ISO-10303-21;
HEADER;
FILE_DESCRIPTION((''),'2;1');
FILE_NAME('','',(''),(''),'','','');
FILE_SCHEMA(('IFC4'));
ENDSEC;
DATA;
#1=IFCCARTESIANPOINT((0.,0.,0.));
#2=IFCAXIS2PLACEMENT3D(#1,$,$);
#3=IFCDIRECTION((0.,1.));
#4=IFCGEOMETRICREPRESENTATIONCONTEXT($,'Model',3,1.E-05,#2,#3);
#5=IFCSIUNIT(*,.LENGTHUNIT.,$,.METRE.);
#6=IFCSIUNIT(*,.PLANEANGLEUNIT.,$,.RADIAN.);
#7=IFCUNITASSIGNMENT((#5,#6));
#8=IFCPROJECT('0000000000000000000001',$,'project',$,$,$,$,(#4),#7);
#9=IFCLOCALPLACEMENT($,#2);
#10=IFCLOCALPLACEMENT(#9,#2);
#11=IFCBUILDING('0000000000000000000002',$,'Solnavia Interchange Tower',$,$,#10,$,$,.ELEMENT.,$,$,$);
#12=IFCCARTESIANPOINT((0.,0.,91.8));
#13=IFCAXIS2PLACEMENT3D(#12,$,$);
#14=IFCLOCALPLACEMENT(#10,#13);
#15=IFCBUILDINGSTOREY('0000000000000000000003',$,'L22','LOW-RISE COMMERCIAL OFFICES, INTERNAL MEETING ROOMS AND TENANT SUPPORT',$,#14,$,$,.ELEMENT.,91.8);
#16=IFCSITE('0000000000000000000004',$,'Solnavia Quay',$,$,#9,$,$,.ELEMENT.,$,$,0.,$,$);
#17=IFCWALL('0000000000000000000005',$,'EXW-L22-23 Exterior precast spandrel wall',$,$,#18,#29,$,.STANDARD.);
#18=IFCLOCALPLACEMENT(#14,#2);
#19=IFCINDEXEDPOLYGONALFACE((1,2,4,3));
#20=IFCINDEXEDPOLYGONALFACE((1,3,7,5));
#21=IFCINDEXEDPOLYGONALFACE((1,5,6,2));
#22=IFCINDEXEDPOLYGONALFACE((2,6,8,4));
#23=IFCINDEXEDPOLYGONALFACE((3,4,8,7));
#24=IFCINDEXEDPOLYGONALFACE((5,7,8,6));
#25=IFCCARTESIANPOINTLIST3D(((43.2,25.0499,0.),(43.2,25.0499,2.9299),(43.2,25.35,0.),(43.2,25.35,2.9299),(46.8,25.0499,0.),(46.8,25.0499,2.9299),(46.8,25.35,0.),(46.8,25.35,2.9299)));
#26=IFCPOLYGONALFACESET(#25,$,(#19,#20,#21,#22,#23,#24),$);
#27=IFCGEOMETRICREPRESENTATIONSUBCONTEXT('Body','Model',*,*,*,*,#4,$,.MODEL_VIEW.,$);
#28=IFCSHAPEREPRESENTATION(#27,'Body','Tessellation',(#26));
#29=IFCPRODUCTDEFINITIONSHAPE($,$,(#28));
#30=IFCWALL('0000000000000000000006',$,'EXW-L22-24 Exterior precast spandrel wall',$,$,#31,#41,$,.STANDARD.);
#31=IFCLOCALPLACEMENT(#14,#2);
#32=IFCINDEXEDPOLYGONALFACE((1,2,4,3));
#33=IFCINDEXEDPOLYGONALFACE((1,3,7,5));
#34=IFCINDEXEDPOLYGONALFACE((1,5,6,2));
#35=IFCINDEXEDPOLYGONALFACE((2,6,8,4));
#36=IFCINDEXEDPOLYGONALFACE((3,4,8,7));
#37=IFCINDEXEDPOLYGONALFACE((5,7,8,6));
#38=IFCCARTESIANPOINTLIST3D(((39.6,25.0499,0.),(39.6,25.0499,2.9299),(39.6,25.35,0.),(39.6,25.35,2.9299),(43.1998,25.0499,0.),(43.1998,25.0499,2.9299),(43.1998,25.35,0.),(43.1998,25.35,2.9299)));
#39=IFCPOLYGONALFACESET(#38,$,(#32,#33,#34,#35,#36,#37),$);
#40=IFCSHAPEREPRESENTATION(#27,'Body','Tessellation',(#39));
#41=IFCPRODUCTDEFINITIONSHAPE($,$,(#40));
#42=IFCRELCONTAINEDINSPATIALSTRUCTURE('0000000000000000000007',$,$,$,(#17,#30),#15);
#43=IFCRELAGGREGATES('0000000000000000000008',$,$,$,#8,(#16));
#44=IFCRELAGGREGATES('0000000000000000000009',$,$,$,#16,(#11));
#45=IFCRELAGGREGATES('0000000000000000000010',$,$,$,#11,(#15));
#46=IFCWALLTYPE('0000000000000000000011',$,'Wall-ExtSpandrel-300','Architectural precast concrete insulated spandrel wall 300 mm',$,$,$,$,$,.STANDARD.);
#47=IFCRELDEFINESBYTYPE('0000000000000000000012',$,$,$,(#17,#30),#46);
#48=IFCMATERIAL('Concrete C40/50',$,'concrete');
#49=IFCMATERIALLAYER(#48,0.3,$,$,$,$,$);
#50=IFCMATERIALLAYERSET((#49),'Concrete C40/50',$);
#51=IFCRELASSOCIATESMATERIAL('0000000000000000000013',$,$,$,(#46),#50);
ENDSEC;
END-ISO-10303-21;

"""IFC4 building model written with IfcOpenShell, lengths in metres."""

from ifc_helpers import new_model, si_unit, direction, frame, frame_2d, origin, place, context, subcontext, project, spatial, rectangle, extrude, material, layer, layer_set, type_object, element, save


model = new_model("IFC4")

# Units and contexts
model_context = context("Model", 3, precision=1e-05, world=origin(), true_north=direction((0.0, 1.0)))
body_context = subcontext(model_context, "Body", "Model", "MODEL_VIEW")
ifc_project = project(units=[si_unit("LENGTHUNIT", "METRE"), si_unit("PLANEANGLEUNIT", "RADIAN")], contexts=[model_context])

# Site, building, storey
site_placement = place(None, origin())
site = spatial("IfcSite", under=ifc_project, at=site_placement, Name="Solnavia Quay", CompositionType="ELEMENT", RefElevation=0.0)
building_placement = place(site_placement, origin())
building = spatial("IfcBuilding", under=site, at=building_placement, Name="Solnavia Interchange Tower", CompositionType="ELEMENT")
storey_placement = place(building_placement, frame((0.0, 0.0, 91.8)))
storey = spatial("IfcBuildingStorey", under=building, at=storey_placement, Name="L22", Description="LOW-RISE COMMERCIAL OFFICES, INTERNAL MEETING ROOMS AND TENANT SUPPORT", CompositionType="ELEMENT", Elevation=91.8)

# Walls
ifc_material_1 = material(Name="Concrete C40/50", Category="concrete")
ifc_layer_1 = layer(ifc_material_1, 0.3)
ifc_layer_set_1 = layer_set([ifc_layer_1], Name="Concrete C40/50")
wall_type = type_object("IfcWallType", Name="Wall-ExtSpandrel-300", Description="Architectural precast concrete insulated spandrel wall 300 mm", PredefinedType="STANDARD", material=ifc_layer_set_1)
wall_1_placement = place(storey_placement, frame((43.2, 25.2, 0.0), z_axis=(0.0, 0.0, 1.0), x_axis=(1.0, 0.0, 0.0)))
element("IfcWall", 1, at=wall_1_placement, inside=storey, type_object=wall_type, Name="EXW-L22-23 Exterior precast spandrel wall", PredefinedType="STANDARD", context=body_context, shape_type="SweptSolid", body=[
    extrude(rectangle(XDim=3.6001, YDim=0.3, at=frame_2d((1.8, 0.0))), origin(), (0.0, 0.0, 1.0), 2.9299),
])
wall_2_placement = place(storey_placement, frame((39.6001, 25.2, 0.0), z_axis=(0.0, 0.0, 1.0), x_axis=(1.0, 0.0, 0.0)))
element("IfcWall", 2, at=wall_2_placement, inside=storey, type_object=wall_type, Name="EXW-L22-24 Exterior precast spandrel wall", PredefinedType="STANDARD", context=body_context, shape_type="SweptSolid", body=[
    extrude(rectangle(XDim=3.5999, YDim=0.3, at=frame_2d((1.7998, 0.0))), origin(), (0.0, 0.0, 1.0), 2.9299),
])

save(model, "model.ifc")
